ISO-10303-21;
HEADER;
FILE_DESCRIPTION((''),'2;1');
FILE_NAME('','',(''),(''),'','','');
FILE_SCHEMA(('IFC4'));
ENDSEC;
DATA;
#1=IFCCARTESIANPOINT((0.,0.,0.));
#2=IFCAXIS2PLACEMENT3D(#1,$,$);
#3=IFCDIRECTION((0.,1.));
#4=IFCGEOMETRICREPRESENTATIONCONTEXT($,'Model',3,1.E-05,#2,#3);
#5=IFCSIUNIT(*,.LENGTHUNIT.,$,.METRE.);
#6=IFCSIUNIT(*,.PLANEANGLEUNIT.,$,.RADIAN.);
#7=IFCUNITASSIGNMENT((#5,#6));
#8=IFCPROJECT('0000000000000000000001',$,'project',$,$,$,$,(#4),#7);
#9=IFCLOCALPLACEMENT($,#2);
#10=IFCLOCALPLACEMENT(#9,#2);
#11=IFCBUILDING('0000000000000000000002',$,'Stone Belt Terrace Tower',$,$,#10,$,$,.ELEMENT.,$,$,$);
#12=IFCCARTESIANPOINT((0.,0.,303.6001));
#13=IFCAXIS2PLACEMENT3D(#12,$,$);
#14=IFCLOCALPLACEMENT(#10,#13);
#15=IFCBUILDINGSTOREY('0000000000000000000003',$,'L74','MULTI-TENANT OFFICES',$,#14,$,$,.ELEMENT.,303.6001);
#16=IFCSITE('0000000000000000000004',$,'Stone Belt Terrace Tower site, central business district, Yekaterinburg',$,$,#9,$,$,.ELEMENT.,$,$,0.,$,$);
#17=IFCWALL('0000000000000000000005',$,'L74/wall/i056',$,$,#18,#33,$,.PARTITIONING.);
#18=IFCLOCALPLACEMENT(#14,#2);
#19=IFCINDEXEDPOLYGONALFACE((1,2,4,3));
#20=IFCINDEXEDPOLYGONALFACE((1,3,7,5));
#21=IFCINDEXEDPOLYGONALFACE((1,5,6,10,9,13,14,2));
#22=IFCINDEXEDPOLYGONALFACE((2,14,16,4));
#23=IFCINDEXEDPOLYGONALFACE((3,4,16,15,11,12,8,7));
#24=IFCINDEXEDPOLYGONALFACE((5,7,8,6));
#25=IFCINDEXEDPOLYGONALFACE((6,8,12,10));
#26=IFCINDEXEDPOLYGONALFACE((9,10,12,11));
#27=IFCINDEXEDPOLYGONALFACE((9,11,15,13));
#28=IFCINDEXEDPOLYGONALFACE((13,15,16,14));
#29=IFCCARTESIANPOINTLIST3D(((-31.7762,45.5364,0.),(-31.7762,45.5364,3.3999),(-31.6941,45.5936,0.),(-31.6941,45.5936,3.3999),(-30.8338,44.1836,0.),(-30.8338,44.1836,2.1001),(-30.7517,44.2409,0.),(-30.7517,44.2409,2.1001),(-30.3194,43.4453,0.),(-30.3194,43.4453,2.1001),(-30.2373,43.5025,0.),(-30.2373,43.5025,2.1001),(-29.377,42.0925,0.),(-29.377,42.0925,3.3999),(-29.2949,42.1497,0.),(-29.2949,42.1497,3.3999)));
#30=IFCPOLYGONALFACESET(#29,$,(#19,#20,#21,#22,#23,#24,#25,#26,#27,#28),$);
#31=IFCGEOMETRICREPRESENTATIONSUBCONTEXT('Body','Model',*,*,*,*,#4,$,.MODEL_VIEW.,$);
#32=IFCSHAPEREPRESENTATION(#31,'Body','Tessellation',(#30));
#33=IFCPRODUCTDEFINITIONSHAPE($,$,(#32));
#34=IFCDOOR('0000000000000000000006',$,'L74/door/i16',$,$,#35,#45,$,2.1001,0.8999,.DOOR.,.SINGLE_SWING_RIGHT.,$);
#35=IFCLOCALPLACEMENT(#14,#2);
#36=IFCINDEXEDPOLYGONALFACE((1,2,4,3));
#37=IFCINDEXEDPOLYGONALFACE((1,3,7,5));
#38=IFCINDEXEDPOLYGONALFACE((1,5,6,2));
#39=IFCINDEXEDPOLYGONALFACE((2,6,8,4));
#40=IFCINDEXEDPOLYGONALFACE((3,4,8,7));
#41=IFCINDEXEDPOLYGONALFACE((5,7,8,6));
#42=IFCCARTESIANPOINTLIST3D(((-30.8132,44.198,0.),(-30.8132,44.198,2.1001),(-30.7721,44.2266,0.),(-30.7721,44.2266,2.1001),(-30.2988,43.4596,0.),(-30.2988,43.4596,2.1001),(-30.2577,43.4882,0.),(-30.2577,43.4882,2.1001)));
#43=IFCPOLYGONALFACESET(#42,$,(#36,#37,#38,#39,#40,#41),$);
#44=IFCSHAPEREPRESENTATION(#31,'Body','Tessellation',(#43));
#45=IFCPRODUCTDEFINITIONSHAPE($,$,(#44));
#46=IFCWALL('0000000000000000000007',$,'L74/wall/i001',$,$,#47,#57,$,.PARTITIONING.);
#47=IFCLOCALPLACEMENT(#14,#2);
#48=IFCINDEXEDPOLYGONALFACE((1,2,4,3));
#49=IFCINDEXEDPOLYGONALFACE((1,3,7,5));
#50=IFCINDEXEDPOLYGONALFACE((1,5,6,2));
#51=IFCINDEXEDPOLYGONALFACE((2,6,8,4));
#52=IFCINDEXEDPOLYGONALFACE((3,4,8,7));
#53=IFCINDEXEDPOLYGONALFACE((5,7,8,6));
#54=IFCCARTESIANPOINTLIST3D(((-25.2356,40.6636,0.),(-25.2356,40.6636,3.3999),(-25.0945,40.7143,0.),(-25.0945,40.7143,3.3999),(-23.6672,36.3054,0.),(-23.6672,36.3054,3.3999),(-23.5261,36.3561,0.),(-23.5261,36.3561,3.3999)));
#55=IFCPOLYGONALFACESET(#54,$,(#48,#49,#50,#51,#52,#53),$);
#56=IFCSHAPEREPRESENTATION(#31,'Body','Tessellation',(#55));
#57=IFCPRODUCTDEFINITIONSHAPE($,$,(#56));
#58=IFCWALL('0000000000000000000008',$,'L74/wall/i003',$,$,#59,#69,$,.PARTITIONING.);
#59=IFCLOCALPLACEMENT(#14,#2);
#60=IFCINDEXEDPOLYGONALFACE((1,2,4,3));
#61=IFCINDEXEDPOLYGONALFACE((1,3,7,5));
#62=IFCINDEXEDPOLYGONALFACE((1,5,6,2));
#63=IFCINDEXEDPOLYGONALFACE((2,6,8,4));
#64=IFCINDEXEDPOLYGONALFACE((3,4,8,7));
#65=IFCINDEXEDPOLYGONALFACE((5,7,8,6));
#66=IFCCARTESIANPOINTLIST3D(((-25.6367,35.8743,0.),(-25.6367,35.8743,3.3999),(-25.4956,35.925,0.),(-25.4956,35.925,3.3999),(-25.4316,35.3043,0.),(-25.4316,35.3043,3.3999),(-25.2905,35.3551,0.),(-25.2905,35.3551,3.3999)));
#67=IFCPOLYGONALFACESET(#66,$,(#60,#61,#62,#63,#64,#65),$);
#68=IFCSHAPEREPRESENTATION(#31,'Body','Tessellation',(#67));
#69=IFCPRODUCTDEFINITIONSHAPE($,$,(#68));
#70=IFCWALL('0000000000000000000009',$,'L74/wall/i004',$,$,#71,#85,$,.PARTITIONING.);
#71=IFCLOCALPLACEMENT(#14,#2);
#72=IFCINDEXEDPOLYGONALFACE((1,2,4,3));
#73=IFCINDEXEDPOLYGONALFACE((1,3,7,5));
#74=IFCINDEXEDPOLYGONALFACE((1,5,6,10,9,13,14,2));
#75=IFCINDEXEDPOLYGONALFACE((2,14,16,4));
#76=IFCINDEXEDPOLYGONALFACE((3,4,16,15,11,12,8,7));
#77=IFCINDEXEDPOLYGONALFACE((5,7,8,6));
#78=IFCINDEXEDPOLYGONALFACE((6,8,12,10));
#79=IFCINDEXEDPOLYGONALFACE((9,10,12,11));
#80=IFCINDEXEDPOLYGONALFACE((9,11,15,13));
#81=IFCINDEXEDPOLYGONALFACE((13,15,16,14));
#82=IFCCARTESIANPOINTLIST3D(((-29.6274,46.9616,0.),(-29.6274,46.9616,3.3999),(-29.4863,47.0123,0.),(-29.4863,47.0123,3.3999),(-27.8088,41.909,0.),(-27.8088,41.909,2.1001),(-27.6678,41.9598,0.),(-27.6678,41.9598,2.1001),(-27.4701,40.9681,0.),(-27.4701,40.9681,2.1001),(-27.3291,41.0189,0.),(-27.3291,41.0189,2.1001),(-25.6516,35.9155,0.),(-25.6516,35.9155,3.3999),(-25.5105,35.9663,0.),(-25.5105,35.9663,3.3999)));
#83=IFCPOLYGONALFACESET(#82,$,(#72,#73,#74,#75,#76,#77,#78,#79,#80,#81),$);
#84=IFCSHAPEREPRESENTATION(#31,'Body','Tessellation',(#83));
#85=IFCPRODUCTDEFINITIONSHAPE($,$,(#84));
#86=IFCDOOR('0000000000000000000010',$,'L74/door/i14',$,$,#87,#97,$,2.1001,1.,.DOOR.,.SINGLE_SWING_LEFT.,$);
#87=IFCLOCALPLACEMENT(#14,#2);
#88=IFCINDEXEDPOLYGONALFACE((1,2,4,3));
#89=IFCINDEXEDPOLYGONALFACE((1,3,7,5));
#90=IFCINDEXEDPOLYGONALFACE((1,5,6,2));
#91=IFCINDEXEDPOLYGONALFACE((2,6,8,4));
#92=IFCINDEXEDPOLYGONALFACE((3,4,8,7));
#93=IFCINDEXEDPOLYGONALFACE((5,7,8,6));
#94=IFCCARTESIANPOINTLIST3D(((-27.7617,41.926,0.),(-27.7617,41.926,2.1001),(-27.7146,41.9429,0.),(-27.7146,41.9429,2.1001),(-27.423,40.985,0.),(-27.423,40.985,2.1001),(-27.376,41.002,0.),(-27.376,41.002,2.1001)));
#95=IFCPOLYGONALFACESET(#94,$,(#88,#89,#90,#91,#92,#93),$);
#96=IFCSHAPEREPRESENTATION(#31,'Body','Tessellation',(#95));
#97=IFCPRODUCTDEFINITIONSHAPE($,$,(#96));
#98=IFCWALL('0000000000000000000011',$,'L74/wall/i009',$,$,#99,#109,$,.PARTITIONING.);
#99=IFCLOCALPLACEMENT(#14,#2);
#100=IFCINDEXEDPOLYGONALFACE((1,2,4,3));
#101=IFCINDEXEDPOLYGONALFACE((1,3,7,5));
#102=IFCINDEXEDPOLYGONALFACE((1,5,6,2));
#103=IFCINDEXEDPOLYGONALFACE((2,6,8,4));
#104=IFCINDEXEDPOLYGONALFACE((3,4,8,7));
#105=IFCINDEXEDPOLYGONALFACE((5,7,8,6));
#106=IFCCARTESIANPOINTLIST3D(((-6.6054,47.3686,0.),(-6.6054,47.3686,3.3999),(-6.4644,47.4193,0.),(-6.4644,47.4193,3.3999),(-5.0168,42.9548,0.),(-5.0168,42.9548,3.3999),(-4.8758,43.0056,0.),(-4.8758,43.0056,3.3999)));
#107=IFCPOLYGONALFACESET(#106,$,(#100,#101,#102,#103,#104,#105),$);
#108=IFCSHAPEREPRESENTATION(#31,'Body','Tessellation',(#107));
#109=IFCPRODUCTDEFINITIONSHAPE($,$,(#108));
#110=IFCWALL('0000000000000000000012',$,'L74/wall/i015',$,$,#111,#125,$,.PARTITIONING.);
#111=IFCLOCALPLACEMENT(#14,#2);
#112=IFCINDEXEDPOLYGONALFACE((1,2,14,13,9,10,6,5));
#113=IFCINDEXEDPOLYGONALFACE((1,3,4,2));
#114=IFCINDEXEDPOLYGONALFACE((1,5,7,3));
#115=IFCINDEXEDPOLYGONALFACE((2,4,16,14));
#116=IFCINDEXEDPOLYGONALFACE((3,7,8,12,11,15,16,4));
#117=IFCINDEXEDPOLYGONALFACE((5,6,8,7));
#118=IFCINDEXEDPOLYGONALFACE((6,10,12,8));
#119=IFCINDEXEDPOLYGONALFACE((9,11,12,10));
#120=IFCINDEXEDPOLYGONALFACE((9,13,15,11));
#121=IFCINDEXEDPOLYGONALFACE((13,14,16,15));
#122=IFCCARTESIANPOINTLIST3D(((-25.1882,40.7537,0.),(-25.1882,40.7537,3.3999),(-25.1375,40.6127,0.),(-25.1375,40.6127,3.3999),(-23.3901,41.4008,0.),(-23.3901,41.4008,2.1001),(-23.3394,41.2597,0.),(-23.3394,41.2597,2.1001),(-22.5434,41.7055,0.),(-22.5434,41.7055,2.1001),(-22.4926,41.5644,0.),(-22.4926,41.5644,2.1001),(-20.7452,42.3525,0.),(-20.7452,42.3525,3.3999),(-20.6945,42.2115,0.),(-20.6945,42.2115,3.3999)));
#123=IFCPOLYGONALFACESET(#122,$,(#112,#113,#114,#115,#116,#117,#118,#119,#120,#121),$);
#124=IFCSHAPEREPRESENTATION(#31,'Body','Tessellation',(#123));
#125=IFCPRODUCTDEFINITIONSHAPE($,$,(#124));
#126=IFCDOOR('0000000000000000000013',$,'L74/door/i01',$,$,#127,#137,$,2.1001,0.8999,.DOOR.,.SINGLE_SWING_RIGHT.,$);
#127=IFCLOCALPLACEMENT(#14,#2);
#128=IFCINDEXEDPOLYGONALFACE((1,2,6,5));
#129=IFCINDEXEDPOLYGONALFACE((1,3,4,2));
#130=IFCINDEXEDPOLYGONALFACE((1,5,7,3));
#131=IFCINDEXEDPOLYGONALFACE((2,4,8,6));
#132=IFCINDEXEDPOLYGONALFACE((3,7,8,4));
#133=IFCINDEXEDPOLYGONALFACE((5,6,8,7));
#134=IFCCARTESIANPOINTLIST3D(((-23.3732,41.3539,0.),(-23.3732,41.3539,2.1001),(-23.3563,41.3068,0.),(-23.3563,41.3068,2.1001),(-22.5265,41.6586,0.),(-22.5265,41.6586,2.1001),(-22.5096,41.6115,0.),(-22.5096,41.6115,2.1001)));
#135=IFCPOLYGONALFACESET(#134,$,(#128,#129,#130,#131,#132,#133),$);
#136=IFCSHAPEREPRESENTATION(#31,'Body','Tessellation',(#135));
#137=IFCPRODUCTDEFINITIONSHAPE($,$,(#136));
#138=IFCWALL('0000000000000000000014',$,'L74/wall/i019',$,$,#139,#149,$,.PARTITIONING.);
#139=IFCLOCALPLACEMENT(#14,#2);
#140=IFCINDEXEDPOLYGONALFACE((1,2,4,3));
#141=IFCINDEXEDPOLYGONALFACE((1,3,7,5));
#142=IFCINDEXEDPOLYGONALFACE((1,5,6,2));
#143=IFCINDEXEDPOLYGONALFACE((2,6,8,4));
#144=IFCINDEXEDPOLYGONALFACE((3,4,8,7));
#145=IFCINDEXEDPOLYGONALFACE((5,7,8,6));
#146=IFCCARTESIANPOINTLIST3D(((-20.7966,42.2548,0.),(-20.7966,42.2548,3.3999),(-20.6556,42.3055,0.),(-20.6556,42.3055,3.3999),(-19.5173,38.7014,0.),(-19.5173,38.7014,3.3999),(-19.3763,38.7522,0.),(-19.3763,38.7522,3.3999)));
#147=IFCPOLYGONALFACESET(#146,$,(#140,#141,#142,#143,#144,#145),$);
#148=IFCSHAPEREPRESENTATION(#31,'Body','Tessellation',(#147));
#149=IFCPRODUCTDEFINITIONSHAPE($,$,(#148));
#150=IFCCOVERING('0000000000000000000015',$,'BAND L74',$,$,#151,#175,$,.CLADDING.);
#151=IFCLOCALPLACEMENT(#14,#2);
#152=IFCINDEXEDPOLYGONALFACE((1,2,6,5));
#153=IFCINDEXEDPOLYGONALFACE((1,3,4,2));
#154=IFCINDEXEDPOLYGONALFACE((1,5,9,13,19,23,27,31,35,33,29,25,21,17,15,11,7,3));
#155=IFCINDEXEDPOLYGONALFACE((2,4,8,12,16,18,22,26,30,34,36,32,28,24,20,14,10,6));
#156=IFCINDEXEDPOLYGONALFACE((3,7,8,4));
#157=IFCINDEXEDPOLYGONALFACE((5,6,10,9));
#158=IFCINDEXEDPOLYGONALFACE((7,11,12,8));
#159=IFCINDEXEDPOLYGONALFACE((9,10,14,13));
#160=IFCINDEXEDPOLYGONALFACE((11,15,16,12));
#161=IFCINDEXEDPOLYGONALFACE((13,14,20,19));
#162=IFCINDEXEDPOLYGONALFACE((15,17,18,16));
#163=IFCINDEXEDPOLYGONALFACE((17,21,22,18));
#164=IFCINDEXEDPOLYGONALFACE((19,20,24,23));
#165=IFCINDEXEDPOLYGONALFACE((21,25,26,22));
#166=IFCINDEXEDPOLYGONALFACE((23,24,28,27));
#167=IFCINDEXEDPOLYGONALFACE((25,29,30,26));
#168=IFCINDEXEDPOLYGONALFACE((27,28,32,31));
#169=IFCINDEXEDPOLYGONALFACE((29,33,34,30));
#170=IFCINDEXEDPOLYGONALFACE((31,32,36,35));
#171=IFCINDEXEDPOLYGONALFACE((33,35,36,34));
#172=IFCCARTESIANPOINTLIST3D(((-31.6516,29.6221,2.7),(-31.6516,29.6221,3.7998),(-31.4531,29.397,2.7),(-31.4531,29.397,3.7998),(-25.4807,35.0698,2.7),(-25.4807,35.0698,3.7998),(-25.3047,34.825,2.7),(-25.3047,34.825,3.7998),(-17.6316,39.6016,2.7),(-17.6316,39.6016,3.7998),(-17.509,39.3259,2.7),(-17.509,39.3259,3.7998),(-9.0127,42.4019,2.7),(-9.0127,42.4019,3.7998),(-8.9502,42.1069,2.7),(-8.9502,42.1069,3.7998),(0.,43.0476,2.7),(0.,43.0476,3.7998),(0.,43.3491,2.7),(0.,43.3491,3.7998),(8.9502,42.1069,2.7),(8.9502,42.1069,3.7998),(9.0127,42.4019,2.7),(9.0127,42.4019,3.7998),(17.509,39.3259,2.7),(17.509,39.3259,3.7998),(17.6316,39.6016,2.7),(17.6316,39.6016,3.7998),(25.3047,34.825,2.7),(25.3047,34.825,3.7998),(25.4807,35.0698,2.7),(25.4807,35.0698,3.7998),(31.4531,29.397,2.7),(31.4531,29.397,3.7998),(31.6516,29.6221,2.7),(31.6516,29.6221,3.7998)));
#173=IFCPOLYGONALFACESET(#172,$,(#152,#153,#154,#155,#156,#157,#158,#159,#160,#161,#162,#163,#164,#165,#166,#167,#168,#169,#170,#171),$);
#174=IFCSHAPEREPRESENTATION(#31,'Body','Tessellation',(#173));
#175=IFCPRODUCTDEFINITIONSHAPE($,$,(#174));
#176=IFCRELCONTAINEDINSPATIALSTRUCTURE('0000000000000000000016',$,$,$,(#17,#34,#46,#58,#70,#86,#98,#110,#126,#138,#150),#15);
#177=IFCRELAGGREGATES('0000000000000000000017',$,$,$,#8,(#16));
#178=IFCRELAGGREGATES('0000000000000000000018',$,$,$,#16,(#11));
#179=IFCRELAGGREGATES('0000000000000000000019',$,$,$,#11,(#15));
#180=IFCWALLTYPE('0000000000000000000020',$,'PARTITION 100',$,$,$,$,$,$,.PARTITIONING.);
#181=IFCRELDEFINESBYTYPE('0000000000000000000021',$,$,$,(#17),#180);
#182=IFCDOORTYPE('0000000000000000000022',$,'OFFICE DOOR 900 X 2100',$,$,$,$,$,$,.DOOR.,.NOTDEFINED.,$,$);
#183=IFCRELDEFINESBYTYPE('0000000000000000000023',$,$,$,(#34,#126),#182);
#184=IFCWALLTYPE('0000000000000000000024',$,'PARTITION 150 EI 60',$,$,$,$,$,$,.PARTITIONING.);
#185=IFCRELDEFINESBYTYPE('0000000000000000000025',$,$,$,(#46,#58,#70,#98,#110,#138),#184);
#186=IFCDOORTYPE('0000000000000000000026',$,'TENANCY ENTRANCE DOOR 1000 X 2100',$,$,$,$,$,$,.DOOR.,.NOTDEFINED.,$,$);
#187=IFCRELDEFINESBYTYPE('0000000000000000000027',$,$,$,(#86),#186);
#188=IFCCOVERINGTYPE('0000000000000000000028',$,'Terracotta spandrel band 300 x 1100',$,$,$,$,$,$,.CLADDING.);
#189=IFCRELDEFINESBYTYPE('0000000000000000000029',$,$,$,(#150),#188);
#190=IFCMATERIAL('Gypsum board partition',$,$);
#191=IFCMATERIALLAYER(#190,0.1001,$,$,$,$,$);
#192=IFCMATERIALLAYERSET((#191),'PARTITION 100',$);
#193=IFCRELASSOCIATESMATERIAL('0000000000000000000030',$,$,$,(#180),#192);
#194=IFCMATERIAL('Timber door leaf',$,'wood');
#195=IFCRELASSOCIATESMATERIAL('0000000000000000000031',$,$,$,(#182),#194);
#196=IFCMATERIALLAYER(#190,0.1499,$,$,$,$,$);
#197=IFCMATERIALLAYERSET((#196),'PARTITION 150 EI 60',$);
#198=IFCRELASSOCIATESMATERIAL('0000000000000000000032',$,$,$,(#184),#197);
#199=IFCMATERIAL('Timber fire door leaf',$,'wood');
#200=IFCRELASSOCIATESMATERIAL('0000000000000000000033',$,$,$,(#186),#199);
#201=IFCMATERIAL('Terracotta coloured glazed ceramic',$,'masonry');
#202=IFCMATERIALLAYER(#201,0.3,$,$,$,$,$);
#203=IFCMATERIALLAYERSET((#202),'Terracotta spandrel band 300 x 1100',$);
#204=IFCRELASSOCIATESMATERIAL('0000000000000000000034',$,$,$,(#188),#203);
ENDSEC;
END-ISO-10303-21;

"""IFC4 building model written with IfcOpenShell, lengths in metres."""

from ifc_helpers import new_model, si_unit, direction, frame, frame_2d, origin, place, context, subcontext, project, spatial, polyline, rectangle, outline, extrude, material, layer, layer_set, type_object, element, fill, save


model = new_model("IFC4")

# Units and contexts
model_context = context("Model", 3, precision=1e-05, world=origin(), true_north=direction((0.0, 1.0)))
body_context = subcontext(model_context, "Body", "Model", "MODEL_VIEW")
ifc_project = project(units=[si_unit("LENGTHUNIT", "METRE"), si_unit("PLANEANGLEUNIT", "RADIAN")], contexts=[model_context])

# Site, building, storey
site_placement = place(None, origin())
site = spatial("IfcSite", under=ifc_project, at=site_placement, Name="Stone Belt Terrace Tower site, central business district, Yekaterinburg", CompositionType="ELEMENT", RefElevation=0.0)
building_placement = place(site_placement, origin())
building = spatial("IfcBuilding", under=site, at=building_placement, Name="Stone Belt Terrace Tower", CompositionType="ELEMENT")
storey_placement = place(building_placement, frame((0.0, 0.0, 303.6001)))
storey = spatial("IfcBuildingStorey", under=building, at=storey_placement, Name="L74", Description="MULTI-TENANT OFFICES", CompositionType="ELEMENT", Elevation=303.6001)

# Shared definitions
ifc_material_1 = material(Name="Timber door leaf", Category="wood")

# Shared definitions
ifc_material_2 = material(Name="Gypsum board partition")
ifc_layer_1 = layer(ifc_material_2, 0.1001)
ifc_layer_set_1 = layer_set([ifc_layer_1], Name="PARTITION 100")
wall_type_1 = type_object("IfcWallType", Name="PARTITION 100", PredefinedType="PARTITIONING", material=ifc_layer_set_1)

# Wall, opening, door
wall_1_placement = place(storey_placement, frame((-29.3359, 42.1211, 0.0), z_axis=(0.0, 0.0, 1.0), x_axis=(-0.571618, 0.82052, 0.0)))
wall_1 = element("IfcWall", 1, at=wall_1_placement, inside=storey, type_object=wall_type_1, Name="L74/wall/i056", PredefinedType="PARTITIONING", context=body_context, shape_type="SweptSolid", body=[
    extrude(rectangle(XDim=4.1973, YDim=0.1001, at=frame_2d((2.0986, 0.0))), origin(), (0.0, 0.0, 1.0), 3.3999),
])
opening_1_placement = place(wall_1_placement, frame((1.6487, 0.0, 0.0)))
opening_1 = element("IfcOpeningElement", 2, at=opening_1_placement, cuts=wall_1, PredefinedType="OPENING", context=body_context, shape_type="SweptSolid", body=[
    extrude(rectangle(XDim=0.8999, YDim=2.1001, at=frame_2d((0.45, 1.05))), frame((0.0, 0.0601, 0.0), z_axis=(0.0, -1.0, 0.0), x_axis=(1.0, 0.0, 0.0)), (0.0, 0.0, 1.0), 0.1201),
])
door_type_1 = type_object("IfcDoorType", Name="OFFICE DOOR 900 X 2100", OperationType="NOTDEFINED", PredefinedType="DOOR", material=ifc_material_1)
door_1_placement = place(opening_1_placement, origin())
door_1 = element("IfcDoor", 3, at=door_1_placement, inside=storey, type_object=door_type_1, Name="L74/door/i16", OperationType="SINGLE_SWING_RIGHT", OverallHeight=2.1001, OverallWidth=0.8999, PredefinedType="DOOR", context=body_context, shape_type="SweptSolid", body=[
    extrude(rectangle(XDim=0.8999, YDim=2.1001, at=frame_2d((0.45, 1.05))), frame((0.0, 0.0249, 0.0), z_axis=(0.0, -1.0, 0.0), x_axis=(1.0, 0.0, 0.0)), (0.0, 0.0, 1.0), 0.05),
])
fill(opening_1, door_1)

# Walls
ifc_layer_2 = layer(ifc_material_2, 0.1499)
ifc_layer_set_2 = layer_set([ifc_layer_2], Name="PARTITION 150 EI 60")
wall_type_2 = type_object("IfcWallType", Name="PARTITION 150 EI 60", PredefinedType="PARTITIONING", material=ifc_layer_set_2)
wall_2_placement = place(storey_placement, frame((-25.165, 40.689, 0.0), z_axis=(0.0, 0.0, 1.0), x_axis=(0.338609, -0.940927, 0.0)))
element("IfcWall", 4, at=wall_2_placement, inside=storey, type_object=wall_type_2, Name="L74/wall/i001", PredefinedType="PARTITIONING", context=body_context, shape_type="SweptSolid", body=[
    extrude(rectangle(XDim=4.6318, YDim=0.1499, at=frame_2d((2.3159, 0.0))), origin(), (0.0, 0.0, 1.0), 3.3999),
])
wall_3_placement = place(storey_placement, frame((-25.3611, 35.3298, 0.0), z_axis=(0.0, 0.0, 1.0), x_axis=(-0.338634, 0.940918, 0.0)))
element("IfcWall", 5, at=wall_3_placement, inside=storey, type_object=wall_type_2, Name="L74/wall/i003", PredefinedType="PARTITIONING", context=body_context, shape_type="SweptSolid", body=[
    extrude(rectangle(XDim=0.6057, YDim=0.1499, at=frame_2d((0.3027, 0.0))), origin(), (0.0, 0.0, 1.0), 3.3999),
])

# Wall, opening, door
wall_4_placement = place(storey_placement, frame((-25.5811, 35.9409, 0.0), z_axis=(0.0, 0.0, 1.0), x_axis=(-0.338661, 0.940909, 0.0)))
wall_4 = element("IfcWall", 6, at=wall_4_placement, inside=storey, type_object=wall_type_2, Name="L74/wall/i004", PredefinedType="PARTITIONING", context=body_context, shape_type="SweptSolid", body=[
    extrude(rectangle(XDim=11.7397, YDim=0.1499, at=frame_2d((5.8699, 0.0))), origin(), (0.0, 0.0, 1.0), 3.3999),
])
opening_2_placement = place(wall_4_placement, frame((5.3699, 0.0, 0.0)))
opening_2 = element("IfcOpeningElement", 7, at=opening_2_placement, cuts=wall_4, PredefinedType="OPENING", context=body_context, shape_type="SweptSolid", body=[
    extrude(rectangle(XDim=1.0, YDim=2.1001, at=frame_2d((0.5, 1.05))), frame((0.0, 0.085, 0.0), z_axis=(0.0, -1.0, 0.0), x_axis=(1.0, 0.0, 0.0)), (0.0, 0.0, 1.0), 0.1699),
])
ifc_material_3 = material(Name="Timber fire door leaf", Category="wood")
door_type_2 = type_object("IfcDoorType", Name="TENANCY ENTRANCE DOOR 1000 X 2100", OperationType="NOTDEFINED", PredefinedType="DOOR", material=ifc_material_3)
door_2_placement = place(opening_2_placement, origin())
door_2 = element("IfcDoor", 8, at=door_2_placement, inside=storey, type_object=door_type_2, Name="L74/door/i14", OperationType="SINGLE_SWING_LEFT", OverallHeight=2.1001, OverallWidth=1.0, PredefinedType="DOOR", context=body_context, shape_type="SweptSolid", body=[
    extrude(rectangle(XDim=1.0, YDim=2.1001, at=frame_2d((0.5, 1.05))), frame((0.0, 0.0249, 0.0), z_axis=(0.0, -1.0, 0.0), x_axis=(1.0, 0.0, 0.0)), (0.0, 0.0, 1.0), 0.05),
])
fill(opening_2, door_2)

# Wall
wall_5_placement = place(storey_placement, frame((-4.9463, 42.9802, 0.0), z_axis=(0.0, 0.0, 1.0), x_axis=(-0.338653, 0.940911, 0.0)))
element("IfcWall", 9, at=wall_5_placement, inside=storey, type_object=wall_type_2, Name="L74/wall/i009", PredefinedType="PARTITIONING", context=body_context, shape_type="SweptSolid", body=[
    extrude(rectangle(XDim=4.6909, YDim=0.1499, at=frame_2d((2.3455, 0.0))), origin(), (0.0, 0.0, 1.0), 3.3999),
])

# Wall, opening, door
wall_6_placement = place(storey_placement, frame((-20.72, 42.282, 0.0), z_axis=(0.0, 0.0, 1.0), x_axis=(-0.940931, -0.338599, 0.0)))
wall_6 = element("IfcWall", 10, at=wall_6_placement, inside=storey, type_object=wall_type_2, Name="L74/wall/i015", PredefinedType="PARTITIONING", context=body_context, shape_type="SweptSolid", body=[
    extrude(rectangle(XDim=4.7219, YDim=0.1499, at=frame_2d((2.3608, 0.0))), origin(), (0.0, 0.0, 1.0), 3.3999),
])
opening_3_placement = place(wall_6_placement, frame((1.9109, 0.0, 0.0)))
opening_3 = element("IfcOpeningElement", 11, at=opening_3_placement, cuts=wall_6, PredefinedType="OPENING", context=body_context, shape_type="SweptSolid", body=[
    extrude(rectangle(XDim=0.8999, YDim=2.1001, at=frame_2d((0.45, 1.05))), frame((0.0, 0.085, 0.0), z_axis=(0.0, -1.0, 0.0), x_axis=(1.0, 0.0, 0.0)), (0.0, 0.0, 1.0), 0.1699),
])
door_3_placement = place(opening_3_placement, origin())
door_3 = element("IfcDoor", 12, at=door_3_placement, inside=storey, type_object=door_type_1, Name="L74/door/i01", OperationType="SINGLE_SWING_RIGHT", OverallHeight=2.1001, OverallWidth=0.8999, PredefinedType="DOOR", context=body_context, shape_type="SweptSolid", body=[
    extrude(rectangle(XDim=0.8999, YDim=2.1001, at=frame_2d((0.45, 1.05))), frame((0.0, 0.0249, 0.0), z_axis=(0.0, -1.0, 0.0), x_axis=(1.0, 0.0, 0.0)), (0.0, 0.0, 1.0), 0.05),
])
fill(opening_3, door_3)

# Wall
wall_7_placement = place(storey_placement, frame((-20.7261, 42.28, 0.0), z_axis=(0.0, 0.0, 1.0), x_axis=(0.338752, -0.940876, 0.0)))
element("IfcWall", 13, at=wall_7_placement, inside=storey, type_object=wall_type_2, Name="L74/wall/i019", PredefinedType="PARTITIONING", context=body_context, shape_type="SweptSolid", body=[
    extrude(rectangle(XDim=3.7766, YDim=0.1499, at=frame_2d((1.8882, 0.0))), origin(), (0.0, 0.0, 1.0), 3.3999),
])

# Covering
ifc_material_4 = material(Name="Terracotta coloured glazed ceramic", Category="masonry")
ifc_layer_3 = layer(ifc_material_4, 0.3)
ifc_layer_set_3 = layer_set([ifc_layer_3], Name="Terracotta spandrel band 300 x 1100")
covering_type = type_object("IfcCoveringType", Name="Terracotta spandrel band 300 x 1100", PredefinedType="CLADDING", material=ifc_layer_set_3)
covering_placement = place(storey_placement, frame((0.0, 0.0, 2.7)))
element("IfcCovering", 14, at=covering_placement, inside=storey, type_object=covering_type, Name="BAND L74", PredefinedType="CLADDING", context=body_context, shape_type="SweptSolid", body=[
    extrude(outline(polyline([(-31.6516, 29.6221), (-25.4807, 35.0698), (-17.6316, 39.6016), (-9.0127, 42.4019), (0.0, 43.3491), (9.0127, 42.4019), (17.6316, 39.6016), (25.4807, 35.0698), (31.6516, 29.6221), (31.4531, 29.397), (25.3047, 34.825), (17.509, 39.3259), (8.9502, 42.1069), (0.0, 43.0476), (-8.9502, 42.1069), (-17.509, 39.3259), (-25.3047, 34.825), (-31.4531, 29.397), (-31.6516, 29.6221)])), origin(), (0.0, 0.0, 1.0), 1.0999),
])

save(model, "model.ifc")
